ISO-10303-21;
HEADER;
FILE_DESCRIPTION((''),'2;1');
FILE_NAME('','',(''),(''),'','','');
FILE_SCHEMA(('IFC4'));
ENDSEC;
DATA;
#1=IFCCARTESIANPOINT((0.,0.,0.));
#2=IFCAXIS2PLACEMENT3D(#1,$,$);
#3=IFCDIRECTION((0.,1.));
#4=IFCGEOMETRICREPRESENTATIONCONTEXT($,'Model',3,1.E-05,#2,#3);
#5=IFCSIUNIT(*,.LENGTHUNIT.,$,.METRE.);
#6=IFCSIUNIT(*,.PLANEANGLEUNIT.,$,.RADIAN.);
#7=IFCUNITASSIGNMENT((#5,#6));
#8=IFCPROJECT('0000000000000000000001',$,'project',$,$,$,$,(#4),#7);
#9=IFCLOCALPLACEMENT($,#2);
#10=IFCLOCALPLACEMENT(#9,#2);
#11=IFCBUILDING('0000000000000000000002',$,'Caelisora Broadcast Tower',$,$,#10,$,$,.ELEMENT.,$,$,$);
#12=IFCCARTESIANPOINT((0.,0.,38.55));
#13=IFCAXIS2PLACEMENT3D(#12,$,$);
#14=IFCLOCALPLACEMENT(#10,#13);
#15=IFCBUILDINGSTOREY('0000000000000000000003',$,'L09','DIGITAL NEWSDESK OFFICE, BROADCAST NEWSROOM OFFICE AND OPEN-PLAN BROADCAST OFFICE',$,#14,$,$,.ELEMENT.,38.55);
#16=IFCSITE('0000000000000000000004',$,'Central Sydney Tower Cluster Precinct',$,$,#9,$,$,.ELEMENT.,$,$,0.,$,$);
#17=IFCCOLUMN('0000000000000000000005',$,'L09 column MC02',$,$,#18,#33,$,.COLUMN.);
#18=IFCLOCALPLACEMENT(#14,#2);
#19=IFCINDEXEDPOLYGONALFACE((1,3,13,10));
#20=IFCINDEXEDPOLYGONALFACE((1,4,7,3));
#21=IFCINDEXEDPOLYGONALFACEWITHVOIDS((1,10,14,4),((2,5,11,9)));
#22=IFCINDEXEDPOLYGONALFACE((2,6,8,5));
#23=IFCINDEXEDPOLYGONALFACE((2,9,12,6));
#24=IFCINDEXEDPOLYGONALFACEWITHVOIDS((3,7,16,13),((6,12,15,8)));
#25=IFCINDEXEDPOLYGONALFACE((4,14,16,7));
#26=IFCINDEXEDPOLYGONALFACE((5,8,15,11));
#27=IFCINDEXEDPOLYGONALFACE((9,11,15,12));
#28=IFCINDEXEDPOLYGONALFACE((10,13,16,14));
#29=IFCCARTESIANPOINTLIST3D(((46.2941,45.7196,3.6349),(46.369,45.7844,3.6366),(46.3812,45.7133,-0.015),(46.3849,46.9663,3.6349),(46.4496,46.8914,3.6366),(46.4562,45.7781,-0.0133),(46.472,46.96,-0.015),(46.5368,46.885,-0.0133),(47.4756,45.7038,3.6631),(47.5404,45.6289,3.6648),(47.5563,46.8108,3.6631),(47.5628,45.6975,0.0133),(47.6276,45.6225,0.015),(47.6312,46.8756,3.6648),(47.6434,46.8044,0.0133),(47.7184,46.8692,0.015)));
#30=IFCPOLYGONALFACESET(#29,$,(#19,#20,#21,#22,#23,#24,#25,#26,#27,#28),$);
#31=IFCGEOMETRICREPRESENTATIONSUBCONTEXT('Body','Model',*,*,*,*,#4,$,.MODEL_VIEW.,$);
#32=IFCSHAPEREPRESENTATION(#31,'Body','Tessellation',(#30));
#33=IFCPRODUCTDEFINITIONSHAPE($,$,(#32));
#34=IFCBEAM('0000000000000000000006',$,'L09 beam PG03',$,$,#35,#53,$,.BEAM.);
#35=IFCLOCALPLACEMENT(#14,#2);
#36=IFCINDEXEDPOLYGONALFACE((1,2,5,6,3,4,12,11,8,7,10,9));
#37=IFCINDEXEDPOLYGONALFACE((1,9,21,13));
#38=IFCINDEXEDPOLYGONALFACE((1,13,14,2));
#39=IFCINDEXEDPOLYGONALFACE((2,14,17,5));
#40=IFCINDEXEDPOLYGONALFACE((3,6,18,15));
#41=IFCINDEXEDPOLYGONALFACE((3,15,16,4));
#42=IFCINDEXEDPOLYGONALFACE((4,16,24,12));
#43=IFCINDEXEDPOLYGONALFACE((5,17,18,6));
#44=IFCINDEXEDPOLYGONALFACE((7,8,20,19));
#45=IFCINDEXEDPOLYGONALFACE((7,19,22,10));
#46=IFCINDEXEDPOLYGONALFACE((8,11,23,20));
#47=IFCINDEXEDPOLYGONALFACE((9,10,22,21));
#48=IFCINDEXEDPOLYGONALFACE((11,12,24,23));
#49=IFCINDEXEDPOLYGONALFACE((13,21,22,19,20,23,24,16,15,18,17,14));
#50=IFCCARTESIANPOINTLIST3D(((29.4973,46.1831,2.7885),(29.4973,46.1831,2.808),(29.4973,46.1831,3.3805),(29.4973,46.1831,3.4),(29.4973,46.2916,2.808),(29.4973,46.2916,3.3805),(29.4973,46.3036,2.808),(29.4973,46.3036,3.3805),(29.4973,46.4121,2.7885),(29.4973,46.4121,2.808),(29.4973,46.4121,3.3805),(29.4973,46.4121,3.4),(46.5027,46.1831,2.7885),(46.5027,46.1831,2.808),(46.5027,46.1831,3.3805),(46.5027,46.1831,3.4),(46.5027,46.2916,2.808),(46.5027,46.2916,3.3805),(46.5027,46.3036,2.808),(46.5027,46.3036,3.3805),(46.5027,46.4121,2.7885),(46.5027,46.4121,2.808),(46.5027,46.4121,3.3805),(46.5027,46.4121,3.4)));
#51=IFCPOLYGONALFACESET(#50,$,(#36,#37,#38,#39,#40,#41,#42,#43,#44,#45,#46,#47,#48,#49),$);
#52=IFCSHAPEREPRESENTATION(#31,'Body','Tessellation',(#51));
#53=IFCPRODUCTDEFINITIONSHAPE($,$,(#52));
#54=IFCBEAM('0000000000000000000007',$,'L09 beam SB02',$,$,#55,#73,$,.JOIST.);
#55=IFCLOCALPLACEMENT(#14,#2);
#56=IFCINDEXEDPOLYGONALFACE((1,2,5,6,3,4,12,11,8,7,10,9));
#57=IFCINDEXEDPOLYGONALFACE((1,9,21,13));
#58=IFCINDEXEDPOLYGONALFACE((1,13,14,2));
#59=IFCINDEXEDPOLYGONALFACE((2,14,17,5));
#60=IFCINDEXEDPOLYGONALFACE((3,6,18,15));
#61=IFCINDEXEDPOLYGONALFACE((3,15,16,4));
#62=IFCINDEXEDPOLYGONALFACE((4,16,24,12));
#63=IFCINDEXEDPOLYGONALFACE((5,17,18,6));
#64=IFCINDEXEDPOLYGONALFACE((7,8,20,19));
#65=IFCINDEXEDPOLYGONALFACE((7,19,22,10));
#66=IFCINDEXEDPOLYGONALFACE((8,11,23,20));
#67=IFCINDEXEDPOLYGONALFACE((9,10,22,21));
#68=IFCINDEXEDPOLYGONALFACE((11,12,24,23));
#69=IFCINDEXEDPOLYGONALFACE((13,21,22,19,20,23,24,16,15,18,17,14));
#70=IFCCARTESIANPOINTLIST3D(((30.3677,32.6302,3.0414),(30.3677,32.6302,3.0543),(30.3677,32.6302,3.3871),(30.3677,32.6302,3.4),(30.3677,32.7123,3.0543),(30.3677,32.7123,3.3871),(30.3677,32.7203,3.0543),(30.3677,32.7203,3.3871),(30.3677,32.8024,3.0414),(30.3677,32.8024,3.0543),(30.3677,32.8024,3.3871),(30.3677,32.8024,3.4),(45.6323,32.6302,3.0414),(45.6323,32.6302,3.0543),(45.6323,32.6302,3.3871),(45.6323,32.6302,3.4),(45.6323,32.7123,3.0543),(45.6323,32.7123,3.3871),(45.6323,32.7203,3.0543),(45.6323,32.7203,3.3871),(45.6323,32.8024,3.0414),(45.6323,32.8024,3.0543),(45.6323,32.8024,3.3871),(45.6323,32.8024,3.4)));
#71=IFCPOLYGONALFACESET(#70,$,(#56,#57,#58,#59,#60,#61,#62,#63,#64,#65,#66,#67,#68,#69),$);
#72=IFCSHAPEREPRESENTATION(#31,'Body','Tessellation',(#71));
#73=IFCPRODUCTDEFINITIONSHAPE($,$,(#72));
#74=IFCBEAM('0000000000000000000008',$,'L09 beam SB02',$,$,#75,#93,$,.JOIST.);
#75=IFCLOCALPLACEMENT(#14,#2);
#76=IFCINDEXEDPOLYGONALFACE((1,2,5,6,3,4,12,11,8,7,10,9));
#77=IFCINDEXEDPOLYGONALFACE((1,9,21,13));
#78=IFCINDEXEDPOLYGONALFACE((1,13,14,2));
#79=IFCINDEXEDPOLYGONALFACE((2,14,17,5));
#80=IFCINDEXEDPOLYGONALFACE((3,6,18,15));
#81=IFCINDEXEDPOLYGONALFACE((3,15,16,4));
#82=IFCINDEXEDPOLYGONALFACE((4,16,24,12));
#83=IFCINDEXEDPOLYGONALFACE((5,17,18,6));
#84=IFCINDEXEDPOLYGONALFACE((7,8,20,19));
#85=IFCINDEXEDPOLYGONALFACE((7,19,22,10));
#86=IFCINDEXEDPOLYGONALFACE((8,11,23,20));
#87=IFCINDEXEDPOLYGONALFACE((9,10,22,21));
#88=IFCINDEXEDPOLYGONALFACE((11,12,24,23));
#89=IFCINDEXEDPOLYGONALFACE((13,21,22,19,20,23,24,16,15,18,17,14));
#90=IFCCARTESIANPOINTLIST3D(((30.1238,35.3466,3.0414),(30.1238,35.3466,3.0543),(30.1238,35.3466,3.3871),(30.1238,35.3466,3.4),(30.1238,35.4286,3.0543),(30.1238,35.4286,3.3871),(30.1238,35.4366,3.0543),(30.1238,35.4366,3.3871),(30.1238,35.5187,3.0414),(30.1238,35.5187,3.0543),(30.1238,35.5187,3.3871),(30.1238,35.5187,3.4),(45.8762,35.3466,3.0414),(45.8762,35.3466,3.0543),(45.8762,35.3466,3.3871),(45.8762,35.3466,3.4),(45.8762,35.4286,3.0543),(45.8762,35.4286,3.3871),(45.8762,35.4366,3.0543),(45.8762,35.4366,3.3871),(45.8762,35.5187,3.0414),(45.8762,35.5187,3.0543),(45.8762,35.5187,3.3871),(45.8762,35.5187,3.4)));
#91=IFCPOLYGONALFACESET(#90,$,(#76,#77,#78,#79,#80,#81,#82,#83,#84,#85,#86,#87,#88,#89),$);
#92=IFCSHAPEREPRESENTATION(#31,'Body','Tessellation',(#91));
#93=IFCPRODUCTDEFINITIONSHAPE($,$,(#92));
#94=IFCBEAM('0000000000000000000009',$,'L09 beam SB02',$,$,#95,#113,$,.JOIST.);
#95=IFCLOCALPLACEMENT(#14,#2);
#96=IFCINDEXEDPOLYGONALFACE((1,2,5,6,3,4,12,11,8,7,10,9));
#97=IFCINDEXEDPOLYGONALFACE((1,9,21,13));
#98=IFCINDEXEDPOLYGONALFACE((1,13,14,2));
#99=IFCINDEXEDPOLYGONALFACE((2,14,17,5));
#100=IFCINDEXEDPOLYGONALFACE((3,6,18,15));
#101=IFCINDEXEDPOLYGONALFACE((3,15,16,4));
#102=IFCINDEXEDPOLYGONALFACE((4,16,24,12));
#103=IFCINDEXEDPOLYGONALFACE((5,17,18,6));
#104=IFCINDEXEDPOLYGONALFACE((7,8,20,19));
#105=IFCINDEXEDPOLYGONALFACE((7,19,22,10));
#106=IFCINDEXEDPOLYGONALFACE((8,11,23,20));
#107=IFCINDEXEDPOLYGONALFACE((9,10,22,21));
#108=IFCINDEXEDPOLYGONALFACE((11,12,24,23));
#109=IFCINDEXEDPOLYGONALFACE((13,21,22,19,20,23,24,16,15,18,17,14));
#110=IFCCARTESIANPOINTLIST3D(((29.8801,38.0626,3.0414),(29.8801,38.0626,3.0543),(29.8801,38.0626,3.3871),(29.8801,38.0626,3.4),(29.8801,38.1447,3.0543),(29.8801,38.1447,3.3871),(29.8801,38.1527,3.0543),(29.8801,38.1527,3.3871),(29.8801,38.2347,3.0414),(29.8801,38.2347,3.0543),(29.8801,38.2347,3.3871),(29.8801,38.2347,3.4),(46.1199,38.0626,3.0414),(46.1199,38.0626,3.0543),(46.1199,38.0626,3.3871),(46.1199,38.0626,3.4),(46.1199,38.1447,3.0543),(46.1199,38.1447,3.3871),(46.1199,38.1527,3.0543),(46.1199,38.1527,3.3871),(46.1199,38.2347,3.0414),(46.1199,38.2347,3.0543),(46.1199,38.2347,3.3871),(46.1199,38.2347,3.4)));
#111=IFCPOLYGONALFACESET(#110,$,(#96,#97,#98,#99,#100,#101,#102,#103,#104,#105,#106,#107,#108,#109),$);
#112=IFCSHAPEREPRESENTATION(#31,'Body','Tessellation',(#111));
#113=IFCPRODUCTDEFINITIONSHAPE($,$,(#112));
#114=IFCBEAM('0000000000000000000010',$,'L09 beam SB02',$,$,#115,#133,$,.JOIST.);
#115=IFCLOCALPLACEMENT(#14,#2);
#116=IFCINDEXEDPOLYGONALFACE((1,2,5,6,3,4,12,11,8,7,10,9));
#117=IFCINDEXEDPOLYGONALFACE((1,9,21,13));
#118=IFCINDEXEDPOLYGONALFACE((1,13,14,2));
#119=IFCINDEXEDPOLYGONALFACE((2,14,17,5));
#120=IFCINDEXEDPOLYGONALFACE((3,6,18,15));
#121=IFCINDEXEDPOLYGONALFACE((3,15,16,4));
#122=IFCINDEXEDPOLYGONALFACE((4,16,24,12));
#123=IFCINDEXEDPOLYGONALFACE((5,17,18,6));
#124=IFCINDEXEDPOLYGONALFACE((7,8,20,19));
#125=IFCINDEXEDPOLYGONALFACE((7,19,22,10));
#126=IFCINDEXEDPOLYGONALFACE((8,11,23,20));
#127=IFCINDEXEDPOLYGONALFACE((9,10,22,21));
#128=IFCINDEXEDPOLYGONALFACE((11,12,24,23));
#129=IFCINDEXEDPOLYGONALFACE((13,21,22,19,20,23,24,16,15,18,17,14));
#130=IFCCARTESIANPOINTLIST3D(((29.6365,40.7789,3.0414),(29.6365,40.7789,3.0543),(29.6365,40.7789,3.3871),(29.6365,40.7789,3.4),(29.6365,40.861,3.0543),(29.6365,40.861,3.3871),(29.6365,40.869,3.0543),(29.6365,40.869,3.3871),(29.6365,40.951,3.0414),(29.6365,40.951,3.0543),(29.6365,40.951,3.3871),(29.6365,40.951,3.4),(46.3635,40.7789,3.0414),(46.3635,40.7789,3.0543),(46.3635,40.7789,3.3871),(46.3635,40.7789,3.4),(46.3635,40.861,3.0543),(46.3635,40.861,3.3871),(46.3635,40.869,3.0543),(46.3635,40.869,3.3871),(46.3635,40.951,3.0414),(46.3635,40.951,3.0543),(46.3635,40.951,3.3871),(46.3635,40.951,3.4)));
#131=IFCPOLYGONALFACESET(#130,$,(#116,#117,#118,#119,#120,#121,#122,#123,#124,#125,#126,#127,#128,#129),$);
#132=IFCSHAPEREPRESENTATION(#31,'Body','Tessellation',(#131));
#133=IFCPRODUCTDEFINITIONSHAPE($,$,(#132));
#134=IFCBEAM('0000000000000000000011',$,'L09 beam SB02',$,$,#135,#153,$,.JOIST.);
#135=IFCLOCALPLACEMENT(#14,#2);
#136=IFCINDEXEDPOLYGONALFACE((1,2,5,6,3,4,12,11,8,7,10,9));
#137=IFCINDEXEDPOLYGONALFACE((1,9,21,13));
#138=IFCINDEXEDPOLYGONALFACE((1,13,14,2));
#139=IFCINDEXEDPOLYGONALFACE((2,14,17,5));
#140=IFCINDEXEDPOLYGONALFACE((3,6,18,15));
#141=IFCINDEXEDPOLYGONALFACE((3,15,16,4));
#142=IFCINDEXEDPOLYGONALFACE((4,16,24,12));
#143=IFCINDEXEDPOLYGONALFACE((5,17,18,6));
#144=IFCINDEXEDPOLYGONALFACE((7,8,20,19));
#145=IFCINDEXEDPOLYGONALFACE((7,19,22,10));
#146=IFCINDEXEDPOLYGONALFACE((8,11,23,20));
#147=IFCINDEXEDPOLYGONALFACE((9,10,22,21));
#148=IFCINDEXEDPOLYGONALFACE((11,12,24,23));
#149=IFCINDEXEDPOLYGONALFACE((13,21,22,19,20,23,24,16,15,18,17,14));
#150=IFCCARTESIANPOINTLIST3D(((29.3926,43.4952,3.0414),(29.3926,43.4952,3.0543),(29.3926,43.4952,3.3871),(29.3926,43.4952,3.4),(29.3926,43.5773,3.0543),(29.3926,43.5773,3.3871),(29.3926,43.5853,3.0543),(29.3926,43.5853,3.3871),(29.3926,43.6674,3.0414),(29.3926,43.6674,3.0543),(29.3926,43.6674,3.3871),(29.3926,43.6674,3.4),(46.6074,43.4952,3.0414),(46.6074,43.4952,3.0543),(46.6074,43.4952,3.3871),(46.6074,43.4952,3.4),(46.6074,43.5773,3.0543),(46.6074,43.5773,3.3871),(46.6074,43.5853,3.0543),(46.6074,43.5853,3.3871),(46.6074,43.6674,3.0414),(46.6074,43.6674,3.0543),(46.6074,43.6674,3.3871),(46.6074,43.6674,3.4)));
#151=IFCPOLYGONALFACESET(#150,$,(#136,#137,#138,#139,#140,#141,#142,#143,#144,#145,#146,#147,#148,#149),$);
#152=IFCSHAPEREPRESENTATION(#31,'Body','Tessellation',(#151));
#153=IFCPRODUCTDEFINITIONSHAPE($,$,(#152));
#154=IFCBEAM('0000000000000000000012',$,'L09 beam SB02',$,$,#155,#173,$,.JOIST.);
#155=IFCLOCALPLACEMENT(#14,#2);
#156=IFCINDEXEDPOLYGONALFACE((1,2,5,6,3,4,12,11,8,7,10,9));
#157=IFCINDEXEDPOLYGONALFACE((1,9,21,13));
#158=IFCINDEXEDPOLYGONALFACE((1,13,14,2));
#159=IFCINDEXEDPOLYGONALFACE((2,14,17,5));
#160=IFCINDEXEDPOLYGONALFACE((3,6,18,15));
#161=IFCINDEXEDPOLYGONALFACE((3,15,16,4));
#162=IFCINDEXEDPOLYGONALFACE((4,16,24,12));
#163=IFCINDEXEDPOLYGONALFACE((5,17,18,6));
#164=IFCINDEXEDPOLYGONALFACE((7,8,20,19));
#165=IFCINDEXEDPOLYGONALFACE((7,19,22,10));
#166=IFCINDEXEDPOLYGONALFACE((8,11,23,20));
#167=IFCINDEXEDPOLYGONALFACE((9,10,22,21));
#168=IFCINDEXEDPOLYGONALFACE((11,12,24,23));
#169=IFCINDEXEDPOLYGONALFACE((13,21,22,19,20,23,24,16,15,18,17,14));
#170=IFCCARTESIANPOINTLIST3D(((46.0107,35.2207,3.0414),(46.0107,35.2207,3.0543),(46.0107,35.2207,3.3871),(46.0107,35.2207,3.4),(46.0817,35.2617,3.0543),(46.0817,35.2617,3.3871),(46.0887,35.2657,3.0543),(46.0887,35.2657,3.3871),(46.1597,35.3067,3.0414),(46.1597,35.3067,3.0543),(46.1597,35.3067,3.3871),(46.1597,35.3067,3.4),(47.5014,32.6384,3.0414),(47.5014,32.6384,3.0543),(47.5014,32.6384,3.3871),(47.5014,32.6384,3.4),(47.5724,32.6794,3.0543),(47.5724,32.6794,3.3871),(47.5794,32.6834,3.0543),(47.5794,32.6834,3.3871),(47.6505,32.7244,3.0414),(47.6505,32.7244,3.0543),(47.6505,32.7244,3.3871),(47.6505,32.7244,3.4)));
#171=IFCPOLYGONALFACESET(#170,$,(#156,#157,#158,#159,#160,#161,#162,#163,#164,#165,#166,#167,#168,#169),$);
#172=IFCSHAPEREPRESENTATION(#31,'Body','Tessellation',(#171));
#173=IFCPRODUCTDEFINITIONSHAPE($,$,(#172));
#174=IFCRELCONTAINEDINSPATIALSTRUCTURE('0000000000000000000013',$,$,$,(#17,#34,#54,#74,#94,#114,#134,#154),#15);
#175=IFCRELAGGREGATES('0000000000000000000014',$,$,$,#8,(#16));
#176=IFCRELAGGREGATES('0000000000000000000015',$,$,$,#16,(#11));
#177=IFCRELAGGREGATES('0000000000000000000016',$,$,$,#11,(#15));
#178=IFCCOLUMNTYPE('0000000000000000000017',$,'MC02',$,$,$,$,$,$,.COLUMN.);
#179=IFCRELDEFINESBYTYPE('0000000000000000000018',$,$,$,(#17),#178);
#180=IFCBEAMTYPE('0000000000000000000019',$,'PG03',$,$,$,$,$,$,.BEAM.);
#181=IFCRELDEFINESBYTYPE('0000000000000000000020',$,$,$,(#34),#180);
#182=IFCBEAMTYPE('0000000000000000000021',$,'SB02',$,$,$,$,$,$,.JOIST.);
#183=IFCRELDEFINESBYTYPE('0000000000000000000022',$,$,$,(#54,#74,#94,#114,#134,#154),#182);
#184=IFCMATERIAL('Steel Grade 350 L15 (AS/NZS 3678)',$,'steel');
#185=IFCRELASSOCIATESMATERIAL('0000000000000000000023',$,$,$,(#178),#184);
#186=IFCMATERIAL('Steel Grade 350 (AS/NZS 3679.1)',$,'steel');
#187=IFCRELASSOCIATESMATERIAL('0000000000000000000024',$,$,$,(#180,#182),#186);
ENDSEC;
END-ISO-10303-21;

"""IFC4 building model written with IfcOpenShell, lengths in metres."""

from ifc_helpers import new_model, si_unit, direction, frame, origin, origin_2d, place, context, subcontext, project, spatial, hollow_rectangle, i_section, extrude, source, transform, mapped, material, material_profile, profile_set, type_object, type_shapes, element, save


model = new_model("IFC4")

# Units and contexts
model_context = context("Model", 3, precision=1e-05, world=origin(), true_north=direction((0.0, 1.0)))
body_context = subcontext(model_context, "Body", "Model", "MODEL_VIEW")
ifc_project = project(units=[si_unit("LENGTHUNIT", "METRE"), si_unit("PLANEANGLEUNIT", "RADIAN")], contexts=[model_context])

# Site, building, storey
site_placement = place(None, origin())
site = spatial("IfcSite", under=ifc_project, at=site_placement, Name="Central Sydney Tower Cluster Precinct", CompositionType="ELEMENT", RefElevation=0.0)
building_placement = place(site_placement, origin())
building = spatial("IfcBuilding", under=site, at=building_placement, Name="Caelisora Broadcast Tower", CompositionType="ELEMENT")
storey_placement = place(building_placement, frame((0.0, 0.0, 38.55)))
storey = spatial("IfcBuildingStorey", under=building, at=storey_placement, Name="L09", Description="DIGITAL NEWSDESK OFFICE, BROADCAST NEWSROOM OFFICE AND OPEN-PLAN BROADCAST OFFICE", CompositionType="ELEMENT", Elevation=38.55)

# Column
ifc_material_1 = material(Name="Steel Grade 350 L15 (AS/NZS 3678)", Category="steel")
ifc_material_profile_1 = material_profile(ifc_material_1, hollow_rectangle(XDim=1.25, YDim=1.25, WallThickness=0.0701, at=origin_2d()), Name="Steel Grade 350 L15 (AS/NZS 3678)")
ifc_profile_set_1 = profile_set([ifc_material_profile_1], Name="Steel Grade 350 L15 (AS/NZS 3678)")
column_type = type_object("IfcColumnType", Name="MC02", PredefinedType="COLUMN", material=ifc_profile_set_1)
shared_shape_1 = source(origin(), body_context, "Body", "SweptSolid", [
    extrude(hollow_rectangle(XDim=1.25, YDim=1.25, WallThickness=0.0701, at=origin_2d()), origin(), (0.0, 0.0, 1.0), 3.6509),
])
type_shapes(column_type, [shared_shape_1])
column_placement = place(storey_placement, frame((47.0498, 46.2913, 0.0), z_axis=(-0.023873, 0.001739, 0.999713), x_axis=(-0.072637, -0.997358, 0.0)))
element("IfcColumn", 1, at=column_placement, inside=storey, type_object=column_type, Name="L09 column MC02", PredefinedType="COLUMN", context=body_context, shape_type="MappedRepresentation", body=[
    mapped(shared_shape_1, transform((0.0, 0.0, 0.0), scale=1.0)),
])

# Beams
ifc_material_2 = material(Name="Steel Grade 350 (AS/NZS 3679.1)", Category="steel")
ifc_material_profile_2 = material_profile(ifc_material_2, i_section(OverallWidth=0.229, OverallDepth=0.6116, WebThickness=0.012, FlangeThickness=0.0195, at=origin_2d()), Name="Steel Grade 350 (AS/NZS 3679.1)")
ifc_profile_set_2 = profile_set([ifc_material_profile_2], Name="Steel Grade 350 (AS/NZS 3679.1)")
beam_type_1 = type_object("IfcBeamType", Name="PG03", PredefinedType="BEAM", material=ifc_profile_set_2)
shared_shape_2 = source(origin(), body_context, "Body", "SweptSolid", [
    extrude(i_section(OverallWidth=0.229, OverallDepth=0.6116, WebThickness=0.012, FlangeThickness=0.0195, at=origin_2d()), origin(), (0.0, 0.0, 1.0), 17.0054),
])
type_shapes(beam_type_1, [shared_shape_2])
beam_1_placement = place(storey_placement, frame((46.5027, 46.2976, 3.0942), z_axis=(-1.0, 0.0, 0.0), x_axis=(0.0, -1.0, 0.0)))
element("IfcBeam", 2, at=beam_1_placement, inside=storey, type_object=beam_type_1, Name="L09 beam PG03", PredefinedType="BEAM", context=body_context, shape_type="MappedRepresentation", body=[
    mapped(shared_shape_2, transform((0.0, 0.0, 0.0), scale=1.0)),
])
ifc_material_profile_3 = material_profile(ifc_material_2, i_section(OverallWidth=0.1721, OverallDepth=0.3586, WebThickness=0.0081, FlangeThickness=0.0129, at=origin_2d()), Name="Steel Grade 350 (AS/NZS 3679.1)")
ifc_profile_set_3 = profile_set([ifc_material_profile_3], Name="Steel Grade 350 (AS/NZS 3679.1)")
beam_type_2 = type_object("IfcBeamType", Name="SB02", PredefinedType="JOIST", material=ifc_profile_set_3)
shared_shape_3 = source(origin(), body_context, "Body", "SweptSolid", [
    extrude(i_section(OverallWidth=0.1721, OverallDepth=0.3586, WebThickness=0.0081, FlangeThickness=0.0129, at=origin_2d()), origin(), (0.0, 0.0, 1.0), 15.2646),
])
beam_2_placement = place(storey_placement, frame((45.6323, 32.7163, 3.2207), z_axis=(-1.0, 0.0, 0.0), x_axis=(0.0, -1.0, 0.0)))
element("IfcBeam", 3, at=beam_2_placement, inside=storey, type_object=beam_type_2, Name="L09 beam SB02", PredefinedType="JOIST", context=body_context, shape_type="MappedRepresentation", body=[
    mapped(shared_shape_3, transform((0.0, 0.0, 0.0), scale=1.0)),
])
shared_shape_4 = source(origin(), body_context, "Body", "SweptSolid", [
    extrude(i_section(OverallWidth=0.1721, OverallDepth=0.3586, WebThickness=0.0081, FlangeThickness=0.0129, at=origin_2d()), origin(), (0.0, 0.0, 1.0), 15.7524),
])
beam_3_placement = place(storey_placement, frame((45.8762, 35.4326, 3.2207), z_axis=(-1.0, 0.0, 0.0), x_axis=(0.0, -1.0, 0.0)))
element("IfcBeam", 4, at=beam_3_placement, inside=storey, type_object=beam_type_2, Name="L09 beam SB02", PredefinedType="JOIST", context=body_context, shape_type="MappedRepresentation", body=[
    mapped(shared_shape_4, transform((0.0, 0.0, 0.0), scale=1.0)),
])
shared_shape_5 = source(origin(), body_context, "Body", "SweptSolid", [
    extrude(i_section(OverallWidth=0.1721, OverallDepth=0.3586, WebThickness=0.0081, FlangeThickness=0.0129, at=origin_2d()), origin(), (0.0, 0.0, 1.0), 16.2397),
])
beam_4_placement = place(storey_placement, frame((46.1199, 38.1487, 3.2207), z_axis=(-1.0, 0.0, 0.0), x_axis=(0.0, -1.0, 0.0)))
element("IfcBeam", 5, at=beam_4_placement, inside=storey, type_object=beam_type_2, Name="L09 beam SB02", PredefinedType="JOIST", context=body_context, shape_type="MappedRepresentation", body=[
    mapped(shared_shape_5, transform((0.0, 0.0, 0.0), scale=1.0)),
])
shared_shape_6 = source(origin(), body_context, "Body", "SweptSolid", [
    extrude(i_section(OverallWidth=0.1721, OverallDepth=0.3586, WebThickness=0.0081, FlangeThickness=0.0129, at=origin_2d()), origin(), (0.0, 0.0, 1.0), 16.7271),
])
beam_5_placement = place(storey_placement, frame((46.3635, 40.865, 3.2207), z_axis=(-1.0, 0.0, 0.0), x_axis=(0.0, -1.0, 0.0)))
element("IfcBeam", 6, at=beam_5_placement, inside=storey, type_object=beam_type_2, Name="L09 beam SB02", PredefinedType="JOIST", context=body_context, shape_type="MappedRepresentation", body=[
    mapped(shared_shape_6, transform((0.0, 0.0, 0.0), scale=1.0)),
])
shared_shape_7 = source(origin(), body_context, "Body", "SweptSolid", [
    extrude(i_section(OverallWidth=0.1721, OverallDepth=0.3586, WebThickness=0.0081, FlangeThickness=0.0129, at=origin_2d()), origin(), (0.0, 0.0, 1.0), 17.2148),
])
beam_6_placement = place(storey_placement, frame((46.6074, 43.5813, 3.2207), z_axis=(-1.0, 0.0, 0.0), x_axis=(0.0, -1.0, 0.0)))
element("IfcBeam", 7, at=beam_6_placement, inside=storey, type_object=beam_type_2, Name="L09 beam SB02", PredefinedType="JOIST", context=body_context, shape_type="MappedRepresentation", body=[
    mapped(shared_shape_7, transform((0.0, 0.0, 0.0), scale=1.0)),
])
shared_shape_8 = source(origin(), body_context, "Body", "SweptSolid", [
    extrude(i_section(OverallWidth=0.1721, OverallDepth=0.3586, WebThickness=0.0081, FlangeThickness=0.0129, at=origin_2d()), origin(), (0.0, 0.0, 1.0), 2.9817),
])
beam_7_placement = place(storey_placement, frame((47.5759, 32.6814, 3.2207), z_axis=(-0.499961, 0.866048, 0.0), x_axis=(-0.866048, -0.499961, 0.0)))
element("IfcBeam", 8, at=beam_7_placement, inside=storey, type_object=beam_type_2, Name="L09 beam SB02", PredefinedType="JOIST", context=body_context, shape_type="MappedRepresentation", body=[
    mapped(shared_shape_8, transform((0.0, 0.0, 0.0), scale=1.0)),
])

save(model, "model.ifc")
